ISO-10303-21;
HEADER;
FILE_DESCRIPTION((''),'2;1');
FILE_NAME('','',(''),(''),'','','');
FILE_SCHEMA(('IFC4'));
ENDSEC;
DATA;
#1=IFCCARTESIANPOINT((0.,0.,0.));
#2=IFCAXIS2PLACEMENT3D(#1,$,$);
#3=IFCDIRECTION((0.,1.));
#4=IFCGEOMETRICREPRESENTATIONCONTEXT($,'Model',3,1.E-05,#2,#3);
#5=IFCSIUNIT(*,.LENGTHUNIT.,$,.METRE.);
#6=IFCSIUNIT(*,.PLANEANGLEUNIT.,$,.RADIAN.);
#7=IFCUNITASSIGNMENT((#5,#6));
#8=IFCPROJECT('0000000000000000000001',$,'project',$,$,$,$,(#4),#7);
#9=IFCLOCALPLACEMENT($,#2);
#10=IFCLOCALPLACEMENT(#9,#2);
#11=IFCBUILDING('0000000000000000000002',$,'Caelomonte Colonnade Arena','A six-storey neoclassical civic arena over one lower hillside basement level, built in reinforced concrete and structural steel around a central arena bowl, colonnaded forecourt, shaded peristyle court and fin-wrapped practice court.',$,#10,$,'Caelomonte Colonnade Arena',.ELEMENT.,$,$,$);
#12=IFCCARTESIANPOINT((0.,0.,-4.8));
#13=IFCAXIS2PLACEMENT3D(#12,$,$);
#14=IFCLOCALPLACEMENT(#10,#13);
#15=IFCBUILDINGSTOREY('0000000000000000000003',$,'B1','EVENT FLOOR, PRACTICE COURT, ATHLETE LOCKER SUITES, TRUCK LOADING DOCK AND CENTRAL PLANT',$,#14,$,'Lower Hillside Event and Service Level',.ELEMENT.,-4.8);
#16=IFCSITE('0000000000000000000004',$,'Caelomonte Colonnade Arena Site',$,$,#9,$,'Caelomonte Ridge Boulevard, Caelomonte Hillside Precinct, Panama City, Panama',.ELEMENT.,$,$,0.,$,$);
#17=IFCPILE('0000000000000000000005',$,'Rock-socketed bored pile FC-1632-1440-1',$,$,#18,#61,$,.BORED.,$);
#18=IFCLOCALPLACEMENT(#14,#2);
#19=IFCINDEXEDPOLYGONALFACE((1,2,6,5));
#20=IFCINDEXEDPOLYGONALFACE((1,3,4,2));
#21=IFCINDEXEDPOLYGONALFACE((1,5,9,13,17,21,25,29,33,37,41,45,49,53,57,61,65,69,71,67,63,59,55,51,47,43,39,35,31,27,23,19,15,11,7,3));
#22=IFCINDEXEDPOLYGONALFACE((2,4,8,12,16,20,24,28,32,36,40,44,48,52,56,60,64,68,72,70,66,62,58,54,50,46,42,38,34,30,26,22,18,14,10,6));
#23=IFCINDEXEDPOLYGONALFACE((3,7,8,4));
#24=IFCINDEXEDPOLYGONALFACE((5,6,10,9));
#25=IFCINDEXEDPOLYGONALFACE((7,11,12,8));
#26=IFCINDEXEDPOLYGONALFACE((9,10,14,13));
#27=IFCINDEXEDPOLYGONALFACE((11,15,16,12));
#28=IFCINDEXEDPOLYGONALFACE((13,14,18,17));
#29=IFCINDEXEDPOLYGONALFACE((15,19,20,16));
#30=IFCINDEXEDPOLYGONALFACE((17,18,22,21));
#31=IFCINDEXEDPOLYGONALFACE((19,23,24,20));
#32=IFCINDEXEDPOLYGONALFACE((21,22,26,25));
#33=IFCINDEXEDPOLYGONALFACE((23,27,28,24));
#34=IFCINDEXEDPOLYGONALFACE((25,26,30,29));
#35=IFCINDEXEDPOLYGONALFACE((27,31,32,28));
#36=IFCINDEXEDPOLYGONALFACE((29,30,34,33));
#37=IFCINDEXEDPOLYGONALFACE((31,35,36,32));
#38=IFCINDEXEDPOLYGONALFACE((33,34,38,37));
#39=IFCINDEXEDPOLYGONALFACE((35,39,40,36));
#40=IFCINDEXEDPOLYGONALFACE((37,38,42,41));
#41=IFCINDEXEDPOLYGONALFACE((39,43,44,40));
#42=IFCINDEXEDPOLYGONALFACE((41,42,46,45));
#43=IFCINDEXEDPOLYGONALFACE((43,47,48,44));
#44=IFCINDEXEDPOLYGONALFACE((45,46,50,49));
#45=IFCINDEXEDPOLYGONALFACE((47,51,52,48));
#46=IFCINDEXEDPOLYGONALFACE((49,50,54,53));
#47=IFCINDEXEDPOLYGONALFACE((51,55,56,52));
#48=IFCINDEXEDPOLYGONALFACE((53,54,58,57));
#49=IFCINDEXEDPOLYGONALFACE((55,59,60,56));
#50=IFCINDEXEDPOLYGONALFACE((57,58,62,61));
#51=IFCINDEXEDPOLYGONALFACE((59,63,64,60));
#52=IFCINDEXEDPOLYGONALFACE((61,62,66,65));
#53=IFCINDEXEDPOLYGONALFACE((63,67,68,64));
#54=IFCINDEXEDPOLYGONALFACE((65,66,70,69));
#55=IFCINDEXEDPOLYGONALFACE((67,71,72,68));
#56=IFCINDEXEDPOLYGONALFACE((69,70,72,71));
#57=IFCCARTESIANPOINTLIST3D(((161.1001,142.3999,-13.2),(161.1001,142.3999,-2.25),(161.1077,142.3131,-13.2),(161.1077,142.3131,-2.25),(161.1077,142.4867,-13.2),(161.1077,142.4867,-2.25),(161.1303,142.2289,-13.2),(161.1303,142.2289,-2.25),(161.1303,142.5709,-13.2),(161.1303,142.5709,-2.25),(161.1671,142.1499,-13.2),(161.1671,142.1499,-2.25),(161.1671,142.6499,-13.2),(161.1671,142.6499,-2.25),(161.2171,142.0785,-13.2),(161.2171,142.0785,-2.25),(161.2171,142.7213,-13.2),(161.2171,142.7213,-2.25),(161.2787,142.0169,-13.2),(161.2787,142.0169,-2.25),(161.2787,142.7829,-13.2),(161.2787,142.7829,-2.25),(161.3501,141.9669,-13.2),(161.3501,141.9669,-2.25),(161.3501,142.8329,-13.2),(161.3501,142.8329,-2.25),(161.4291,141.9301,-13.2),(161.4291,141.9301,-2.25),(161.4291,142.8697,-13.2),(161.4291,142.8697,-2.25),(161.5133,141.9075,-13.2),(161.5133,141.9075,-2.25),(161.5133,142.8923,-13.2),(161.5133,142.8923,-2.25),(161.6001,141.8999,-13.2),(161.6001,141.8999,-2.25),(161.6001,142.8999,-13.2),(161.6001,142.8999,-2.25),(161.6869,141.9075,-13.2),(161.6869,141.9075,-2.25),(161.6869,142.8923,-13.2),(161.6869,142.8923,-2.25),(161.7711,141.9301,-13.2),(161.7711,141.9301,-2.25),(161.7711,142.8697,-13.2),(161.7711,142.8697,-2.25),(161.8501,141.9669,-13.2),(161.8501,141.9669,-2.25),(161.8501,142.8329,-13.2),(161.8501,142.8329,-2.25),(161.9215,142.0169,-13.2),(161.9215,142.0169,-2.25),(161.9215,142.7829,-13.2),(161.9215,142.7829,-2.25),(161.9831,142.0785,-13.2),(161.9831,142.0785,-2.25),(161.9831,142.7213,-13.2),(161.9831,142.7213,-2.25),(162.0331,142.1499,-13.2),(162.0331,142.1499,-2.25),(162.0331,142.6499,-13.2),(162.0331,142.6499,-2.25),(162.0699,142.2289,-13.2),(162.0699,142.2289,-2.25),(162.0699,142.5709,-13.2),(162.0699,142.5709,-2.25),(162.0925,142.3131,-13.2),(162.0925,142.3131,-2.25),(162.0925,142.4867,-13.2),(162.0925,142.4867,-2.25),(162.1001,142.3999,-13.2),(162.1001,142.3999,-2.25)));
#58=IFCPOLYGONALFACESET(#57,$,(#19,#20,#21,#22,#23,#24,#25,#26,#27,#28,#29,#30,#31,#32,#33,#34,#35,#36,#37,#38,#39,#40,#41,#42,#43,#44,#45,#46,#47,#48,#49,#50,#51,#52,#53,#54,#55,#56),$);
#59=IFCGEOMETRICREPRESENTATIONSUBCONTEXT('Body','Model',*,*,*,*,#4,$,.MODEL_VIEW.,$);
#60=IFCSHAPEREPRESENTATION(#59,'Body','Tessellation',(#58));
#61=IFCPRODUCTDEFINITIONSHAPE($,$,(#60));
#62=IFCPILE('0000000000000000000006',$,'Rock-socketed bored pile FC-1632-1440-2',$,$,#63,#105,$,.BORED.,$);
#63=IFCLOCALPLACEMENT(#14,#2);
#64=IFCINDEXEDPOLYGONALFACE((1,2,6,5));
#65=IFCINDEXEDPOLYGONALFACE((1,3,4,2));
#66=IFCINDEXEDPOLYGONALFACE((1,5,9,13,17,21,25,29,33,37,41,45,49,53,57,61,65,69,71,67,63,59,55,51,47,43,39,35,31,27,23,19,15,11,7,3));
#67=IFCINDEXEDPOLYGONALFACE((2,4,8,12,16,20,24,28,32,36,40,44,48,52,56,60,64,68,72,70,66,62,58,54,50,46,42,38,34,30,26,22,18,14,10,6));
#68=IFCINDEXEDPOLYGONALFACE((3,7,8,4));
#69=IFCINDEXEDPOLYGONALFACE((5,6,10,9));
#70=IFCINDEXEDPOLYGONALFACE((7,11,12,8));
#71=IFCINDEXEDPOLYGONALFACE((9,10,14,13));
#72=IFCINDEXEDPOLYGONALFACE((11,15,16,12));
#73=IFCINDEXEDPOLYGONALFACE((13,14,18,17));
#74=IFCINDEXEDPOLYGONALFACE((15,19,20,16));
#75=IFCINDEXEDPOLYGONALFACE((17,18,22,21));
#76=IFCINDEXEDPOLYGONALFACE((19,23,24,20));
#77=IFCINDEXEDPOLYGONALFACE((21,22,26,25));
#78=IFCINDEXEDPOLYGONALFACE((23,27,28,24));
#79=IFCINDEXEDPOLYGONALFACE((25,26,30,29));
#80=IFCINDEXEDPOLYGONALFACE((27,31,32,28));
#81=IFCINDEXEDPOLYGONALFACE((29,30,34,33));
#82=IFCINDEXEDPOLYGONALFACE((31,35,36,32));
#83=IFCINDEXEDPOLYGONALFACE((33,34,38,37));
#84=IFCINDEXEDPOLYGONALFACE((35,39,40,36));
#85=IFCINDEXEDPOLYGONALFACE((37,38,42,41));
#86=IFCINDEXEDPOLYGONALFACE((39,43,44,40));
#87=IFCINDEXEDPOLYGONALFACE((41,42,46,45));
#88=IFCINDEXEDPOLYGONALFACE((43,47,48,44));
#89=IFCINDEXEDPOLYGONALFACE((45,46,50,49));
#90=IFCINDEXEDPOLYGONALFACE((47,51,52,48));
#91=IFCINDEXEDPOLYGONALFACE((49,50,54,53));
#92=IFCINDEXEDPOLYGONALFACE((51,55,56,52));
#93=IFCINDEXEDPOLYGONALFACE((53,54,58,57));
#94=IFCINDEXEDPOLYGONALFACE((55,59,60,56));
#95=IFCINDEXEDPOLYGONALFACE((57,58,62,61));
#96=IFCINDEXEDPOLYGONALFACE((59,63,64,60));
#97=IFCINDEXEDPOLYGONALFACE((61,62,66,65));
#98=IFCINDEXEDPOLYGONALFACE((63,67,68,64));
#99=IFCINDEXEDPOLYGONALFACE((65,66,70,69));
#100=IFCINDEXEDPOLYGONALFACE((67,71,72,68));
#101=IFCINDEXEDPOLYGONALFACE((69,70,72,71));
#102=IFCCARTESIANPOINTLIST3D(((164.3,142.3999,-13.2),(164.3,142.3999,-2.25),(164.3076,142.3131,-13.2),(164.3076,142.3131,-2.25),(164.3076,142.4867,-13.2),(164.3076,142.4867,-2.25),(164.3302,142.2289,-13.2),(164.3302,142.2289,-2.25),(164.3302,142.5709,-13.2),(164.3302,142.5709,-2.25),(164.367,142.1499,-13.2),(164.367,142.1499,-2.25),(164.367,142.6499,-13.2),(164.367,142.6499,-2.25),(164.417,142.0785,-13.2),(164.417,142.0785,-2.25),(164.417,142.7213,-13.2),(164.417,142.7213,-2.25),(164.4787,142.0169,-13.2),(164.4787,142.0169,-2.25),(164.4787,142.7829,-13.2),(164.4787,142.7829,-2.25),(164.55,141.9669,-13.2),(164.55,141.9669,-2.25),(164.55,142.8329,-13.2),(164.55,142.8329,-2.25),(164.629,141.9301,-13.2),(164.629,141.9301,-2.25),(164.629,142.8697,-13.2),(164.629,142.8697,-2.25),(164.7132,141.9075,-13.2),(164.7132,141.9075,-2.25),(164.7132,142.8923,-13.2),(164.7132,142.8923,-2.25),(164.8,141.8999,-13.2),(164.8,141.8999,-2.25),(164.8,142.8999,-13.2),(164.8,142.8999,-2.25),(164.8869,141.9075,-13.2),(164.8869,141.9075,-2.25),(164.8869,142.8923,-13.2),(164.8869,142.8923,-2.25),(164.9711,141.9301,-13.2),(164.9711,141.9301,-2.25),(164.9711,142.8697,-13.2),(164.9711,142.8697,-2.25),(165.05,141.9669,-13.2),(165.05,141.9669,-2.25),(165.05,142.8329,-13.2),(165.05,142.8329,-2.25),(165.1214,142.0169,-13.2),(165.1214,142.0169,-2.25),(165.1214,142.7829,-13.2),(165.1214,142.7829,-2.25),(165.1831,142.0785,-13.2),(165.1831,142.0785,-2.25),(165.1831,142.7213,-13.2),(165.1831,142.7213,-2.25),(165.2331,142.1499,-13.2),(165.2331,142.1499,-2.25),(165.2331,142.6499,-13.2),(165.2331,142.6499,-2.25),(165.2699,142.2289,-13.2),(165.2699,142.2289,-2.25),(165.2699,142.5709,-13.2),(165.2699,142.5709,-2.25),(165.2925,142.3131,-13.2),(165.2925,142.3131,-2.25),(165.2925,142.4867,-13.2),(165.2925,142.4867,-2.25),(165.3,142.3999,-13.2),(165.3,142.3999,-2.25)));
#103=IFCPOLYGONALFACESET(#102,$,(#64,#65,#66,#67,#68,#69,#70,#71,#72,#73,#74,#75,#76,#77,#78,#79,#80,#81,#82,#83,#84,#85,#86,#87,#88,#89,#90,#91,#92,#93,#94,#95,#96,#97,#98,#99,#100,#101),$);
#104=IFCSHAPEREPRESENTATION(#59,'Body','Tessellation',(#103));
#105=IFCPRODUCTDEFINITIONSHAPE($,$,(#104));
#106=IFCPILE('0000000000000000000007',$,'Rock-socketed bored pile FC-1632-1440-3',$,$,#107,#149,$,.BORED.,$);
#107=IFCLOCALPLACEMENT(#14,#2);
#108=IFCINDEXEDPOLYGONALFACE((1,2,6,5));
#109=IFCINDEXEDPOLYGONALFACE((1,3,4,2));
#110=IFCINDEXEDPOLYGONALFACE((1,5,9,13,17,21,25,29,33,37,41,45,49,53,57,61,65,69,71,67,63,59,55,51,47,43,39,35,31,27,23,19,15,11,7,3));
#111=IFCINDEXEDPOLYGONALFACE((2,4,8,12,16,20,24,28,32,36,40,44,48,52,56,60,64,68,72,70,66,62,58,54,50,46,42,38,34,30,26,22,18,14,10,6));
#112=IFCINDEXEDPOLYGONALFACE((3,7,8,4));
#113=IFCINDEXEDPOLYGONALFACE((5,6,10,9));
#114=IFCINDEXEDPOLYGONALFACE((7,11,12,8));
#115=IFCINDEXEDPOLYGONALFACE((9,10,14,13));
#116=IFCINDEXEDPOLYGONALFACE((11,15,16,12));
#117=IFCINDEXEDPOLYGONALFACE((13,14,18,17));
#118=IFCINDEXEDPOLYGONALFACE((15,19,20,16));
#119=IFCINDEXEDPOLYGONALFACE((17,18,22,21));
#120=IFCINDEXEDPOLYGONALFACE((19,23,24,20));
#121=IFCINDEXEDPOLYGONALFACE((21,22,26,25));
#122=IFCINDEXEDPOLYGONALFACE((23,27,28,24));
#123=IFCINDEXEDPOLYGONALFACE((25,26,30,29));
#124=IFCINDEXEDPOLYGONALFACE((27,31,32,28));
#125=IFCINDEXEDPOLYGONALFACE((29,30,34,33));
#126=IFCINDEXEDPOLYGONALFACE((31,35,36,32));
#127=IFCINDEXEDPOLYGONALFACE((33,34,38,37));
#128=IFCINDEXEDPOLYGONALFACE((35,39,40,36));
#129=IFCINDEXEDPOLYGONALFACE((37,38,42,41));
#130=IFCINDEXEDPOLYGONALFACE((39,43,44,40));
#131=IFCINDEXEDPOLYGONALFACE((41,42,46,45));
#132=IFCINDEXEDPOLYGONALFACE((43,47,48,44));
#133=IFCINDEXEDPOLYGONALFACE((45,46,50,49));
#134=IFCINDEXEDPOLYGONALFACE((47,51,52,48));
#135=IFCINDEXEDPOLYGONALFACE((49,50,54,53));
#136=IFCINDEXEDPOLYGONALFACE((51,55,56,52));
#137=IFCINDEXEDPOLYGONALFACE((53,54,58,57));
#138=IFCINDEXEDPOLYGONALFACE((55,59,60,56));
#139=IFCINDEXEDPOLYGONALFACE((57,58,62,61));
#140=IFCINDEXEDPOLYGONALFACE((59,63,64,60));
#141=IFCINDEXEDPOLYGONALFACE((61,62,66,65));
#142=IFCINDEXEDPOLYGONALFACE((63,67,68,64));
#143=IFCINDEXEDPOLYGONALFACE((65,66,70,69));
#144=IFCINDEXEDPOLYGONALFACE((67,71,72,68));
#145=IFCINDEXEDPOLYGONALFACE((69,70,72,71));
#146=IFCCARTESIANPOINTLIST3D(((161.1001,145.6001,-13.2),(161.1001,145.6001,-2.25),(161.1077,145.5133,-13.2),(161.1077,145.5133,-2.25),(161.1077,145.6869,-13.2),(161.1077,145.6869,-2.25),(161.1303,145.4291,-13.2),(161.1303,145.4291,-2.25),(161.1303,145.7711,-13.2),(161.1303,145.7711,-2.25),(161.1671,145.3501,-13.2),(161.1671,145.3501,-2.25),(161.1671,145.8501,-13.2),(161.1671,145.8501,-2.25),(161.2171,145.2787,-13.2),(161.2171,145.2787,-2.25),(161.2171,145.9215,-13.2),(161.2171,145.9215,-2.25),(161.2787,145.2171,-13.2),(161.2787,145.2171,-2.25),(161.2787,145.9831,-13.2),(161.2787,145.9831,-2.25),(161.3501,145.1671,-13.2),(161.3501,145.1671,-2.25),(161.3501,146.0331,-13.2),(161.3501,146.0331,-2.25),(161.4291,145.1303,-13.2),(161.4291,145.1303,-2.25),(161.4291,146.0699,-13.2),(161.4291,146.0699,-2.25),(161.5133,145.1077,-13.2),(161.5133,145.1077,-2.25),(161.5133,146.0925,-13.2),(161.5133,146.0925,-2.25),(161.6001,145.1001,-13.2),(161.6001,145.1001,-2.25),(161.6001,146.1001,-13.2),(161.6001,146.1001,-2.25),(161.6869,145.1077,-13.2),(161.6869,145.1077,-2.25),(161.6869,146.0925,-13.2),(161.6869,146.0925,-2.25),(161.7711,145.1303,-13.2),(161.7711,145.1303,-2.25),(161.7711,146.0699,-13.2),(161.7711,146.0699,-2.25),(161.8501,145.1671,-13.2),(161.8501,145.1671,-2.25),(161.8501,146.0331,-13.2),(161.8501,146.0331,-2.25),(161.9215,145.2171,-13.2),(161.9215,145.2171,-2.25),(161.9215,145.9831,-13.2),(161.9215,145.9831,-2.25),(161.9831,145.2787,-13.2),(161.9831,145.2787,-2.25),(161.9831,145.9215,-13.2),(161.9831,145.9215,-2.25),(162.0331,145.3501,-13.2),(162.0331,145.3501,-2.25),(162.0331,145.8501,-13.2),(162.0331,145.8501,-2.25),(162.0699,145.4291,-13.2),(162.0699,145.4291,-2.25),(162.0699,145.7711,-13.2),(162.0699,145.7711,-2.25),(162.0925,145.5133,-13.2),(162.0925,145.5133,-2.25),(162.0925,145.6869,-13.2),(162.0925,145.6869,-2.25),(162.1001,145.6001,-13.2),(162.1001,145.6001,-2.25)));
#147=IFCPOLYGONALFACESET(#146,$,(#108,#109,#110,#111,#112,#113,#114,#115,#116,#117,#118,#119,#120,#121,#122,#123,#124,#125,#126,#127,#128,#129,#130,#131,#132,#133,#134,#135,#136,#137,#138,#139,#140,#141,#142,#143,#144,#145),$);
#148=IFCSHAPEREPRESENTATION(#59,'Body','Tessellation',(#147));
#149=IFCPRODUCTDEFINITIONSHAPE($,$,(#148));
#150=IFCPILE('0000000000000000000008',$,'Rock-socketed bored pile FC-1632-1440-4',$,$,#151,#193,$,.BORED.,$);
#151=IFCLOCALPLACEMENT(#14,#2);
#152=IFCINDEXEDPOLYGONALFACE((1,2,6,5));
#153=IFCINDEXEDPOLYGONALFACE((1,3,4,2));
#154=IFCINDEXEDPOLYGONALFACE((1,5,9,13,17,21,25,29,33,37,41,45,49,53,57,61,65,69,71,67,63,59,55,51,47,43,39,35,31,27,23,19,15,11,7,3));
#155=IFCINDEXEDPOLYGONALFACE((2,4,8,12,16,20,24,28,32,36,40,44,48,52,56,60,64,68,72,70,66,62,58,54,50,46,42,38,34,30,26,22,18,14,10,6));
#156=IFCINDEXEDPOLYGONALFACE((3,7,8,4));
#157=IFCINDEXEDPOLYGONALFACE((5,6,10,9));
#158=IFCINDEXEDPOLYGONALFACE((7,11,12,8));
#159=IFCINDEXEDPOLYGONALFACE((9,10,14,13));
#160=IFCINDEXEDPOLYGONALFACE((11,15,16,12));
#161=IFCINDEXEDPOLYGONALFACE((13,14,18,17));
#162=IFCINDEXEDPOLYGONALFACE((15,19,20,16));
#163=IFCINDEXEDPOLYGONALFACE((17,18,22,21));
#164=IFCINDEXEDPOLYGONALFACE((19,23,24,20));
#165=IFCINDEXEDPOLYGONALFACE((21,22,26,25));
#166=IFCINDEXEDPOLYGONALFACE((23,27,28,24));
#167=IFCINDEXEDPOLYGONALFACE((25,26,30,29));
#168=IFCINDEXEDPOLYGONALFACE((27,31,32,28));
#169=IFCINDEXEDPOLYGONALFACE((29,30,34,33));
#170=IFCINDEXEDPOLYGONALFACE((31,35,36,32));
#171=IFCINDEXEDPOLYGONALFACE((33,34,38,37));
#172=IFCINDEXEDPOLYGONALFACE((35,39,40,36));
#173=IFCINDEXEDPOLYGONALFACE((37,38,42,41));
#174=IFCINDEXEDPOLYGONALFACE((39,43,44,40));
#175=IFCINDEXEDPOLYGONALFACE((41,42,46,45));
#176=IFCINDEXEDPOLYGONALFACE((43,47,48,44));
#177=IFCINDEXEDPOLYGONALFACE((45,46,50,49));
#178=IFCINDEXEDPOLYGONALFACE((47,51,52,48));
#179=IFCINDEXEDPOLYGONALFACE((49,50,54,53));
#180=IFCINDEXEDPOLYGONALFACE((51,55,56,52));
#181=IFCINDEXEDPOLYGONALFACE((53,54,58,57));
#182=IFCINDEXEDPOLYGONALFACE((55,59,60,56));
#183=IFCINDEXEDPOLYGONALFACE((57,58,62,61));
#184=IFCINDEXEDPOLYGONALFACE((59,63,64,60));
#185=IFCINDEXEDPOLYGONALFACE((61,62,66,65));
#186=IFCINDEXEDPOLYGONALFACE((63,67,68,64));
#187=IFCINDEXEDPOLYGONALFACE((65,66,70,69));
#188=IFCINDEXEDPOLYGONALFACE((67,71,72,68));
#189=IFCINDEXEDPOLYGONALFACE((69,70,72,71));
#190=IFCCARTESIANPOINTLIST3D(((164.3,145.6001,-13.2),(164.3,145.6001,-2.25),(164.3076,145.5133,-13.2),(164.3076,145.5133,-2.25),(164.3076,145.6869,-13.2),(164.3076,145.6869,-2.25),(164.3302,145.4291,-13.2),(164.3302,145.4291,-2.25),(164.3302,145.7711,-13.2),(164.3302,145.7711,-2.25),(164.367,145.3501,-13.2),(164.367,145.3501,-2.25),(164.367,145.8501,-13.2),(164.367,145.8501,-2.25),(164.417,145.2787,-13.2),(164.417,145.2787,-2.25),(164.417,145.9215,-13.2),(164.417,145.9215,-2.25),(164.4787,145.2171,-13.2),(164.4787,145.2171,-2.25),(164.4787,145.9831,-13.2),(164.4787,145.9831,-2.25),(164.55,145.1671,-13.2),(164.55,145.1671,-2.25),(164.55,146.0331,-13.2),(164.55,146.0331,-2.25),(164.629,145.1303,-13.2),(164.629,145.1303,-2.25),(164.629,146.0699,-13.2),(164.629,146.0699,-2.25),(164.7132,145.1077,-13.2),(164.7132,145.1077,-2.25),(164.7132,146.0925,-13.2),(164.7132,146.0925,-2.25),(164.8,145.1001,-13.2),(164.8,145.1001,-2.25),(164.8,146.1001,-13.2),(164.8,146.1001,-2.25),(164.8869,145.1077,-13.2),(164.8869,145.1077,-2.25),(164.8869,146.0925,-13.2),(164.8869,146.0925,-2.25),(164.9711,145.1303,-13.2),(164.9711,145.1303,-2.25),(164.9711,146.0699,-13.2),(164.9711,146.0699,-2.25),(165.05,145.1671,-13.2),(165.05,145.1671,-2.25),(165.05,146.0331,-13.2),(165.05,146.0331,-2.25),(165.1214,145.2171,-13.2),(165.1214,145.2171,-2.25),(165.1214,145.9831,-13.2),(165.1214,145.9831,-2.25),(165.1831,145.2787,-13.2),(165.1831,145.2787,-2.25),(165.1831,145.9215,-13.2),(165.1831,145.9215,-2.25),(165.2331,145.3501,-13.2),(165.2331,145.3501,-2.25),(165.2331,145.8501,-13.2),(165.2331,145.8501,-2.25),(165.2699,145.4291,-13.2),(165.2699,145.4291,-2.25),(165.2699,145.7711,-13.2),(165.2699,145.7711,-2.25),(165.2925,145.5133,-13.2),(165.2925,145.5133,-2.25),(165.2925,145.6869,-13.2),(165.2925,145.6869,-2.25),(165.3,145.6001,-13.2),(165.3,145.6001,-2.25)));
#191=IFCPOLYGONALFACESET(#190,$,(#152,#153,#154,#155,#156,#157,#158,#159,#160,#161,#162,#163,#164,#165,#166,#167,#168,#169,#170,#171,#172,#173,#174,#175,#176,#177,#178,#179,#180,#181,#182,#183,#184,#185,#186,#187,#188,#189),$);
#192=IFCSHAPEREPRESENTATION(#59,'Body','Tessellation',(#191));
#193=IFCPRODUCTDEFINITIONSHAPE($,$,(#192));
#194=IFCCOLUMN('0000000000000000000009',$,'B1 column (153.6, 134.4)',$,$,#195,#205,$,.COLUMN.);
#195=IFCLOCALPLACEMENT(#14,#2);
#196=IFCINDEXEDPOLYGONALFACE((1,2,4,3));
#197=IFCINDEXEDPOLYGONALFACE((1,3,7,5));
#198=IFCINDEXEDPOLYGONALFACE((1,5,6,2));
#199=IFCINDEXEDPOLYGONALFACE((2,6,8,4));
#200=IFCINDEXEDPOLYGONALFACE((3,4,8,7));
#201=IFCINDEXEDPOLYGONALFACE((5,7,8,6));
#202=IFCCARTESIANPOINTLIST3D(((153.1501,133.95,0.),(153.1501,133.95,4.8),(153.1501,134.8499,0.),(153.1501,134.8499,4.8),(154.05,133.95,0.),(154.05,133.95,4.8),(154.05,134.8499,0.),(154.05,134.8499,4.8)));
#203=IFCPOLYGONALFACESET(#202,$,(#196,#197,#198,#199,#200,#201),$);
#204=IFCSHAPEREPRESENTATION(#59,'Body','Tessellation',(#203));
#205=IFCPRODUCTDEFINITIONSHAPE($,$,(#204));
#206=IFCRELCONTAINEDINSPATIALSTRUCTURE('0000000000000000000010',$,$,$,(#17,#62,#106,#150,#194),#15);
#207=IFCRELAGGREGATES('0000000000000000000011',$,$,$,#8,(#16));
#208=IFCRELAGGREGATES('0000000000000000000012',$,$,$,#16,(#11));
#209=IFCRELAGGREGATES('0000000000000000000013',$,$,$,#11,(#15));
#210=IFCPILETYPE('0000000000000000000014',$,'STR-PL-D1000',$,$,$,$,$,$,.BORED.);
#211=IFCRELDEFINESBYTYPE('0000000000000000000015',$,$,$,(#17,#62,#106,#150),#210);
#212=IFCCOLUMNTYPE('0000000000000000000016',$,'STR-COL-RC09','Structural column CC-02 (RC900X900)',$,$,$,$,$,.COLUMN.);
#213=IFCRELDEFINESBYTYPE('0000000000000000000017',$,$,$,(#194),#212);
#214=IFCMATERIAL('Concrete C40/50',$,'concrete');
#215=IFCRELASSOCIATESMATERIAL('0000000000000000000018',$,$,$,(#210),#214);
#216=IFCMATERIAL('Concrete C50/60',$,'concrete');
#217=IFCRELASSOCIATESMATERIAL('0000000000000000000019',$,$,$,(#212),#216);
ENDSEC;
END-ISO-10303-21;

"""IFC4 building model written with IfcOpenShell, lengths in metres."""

from ifc_helpers import new_model, si_unit, direction, frame, origin, origin_2d, place, context, subcontext, project, spatial, rectangle, circle, extrude, material, material_profile, profile_set, type_object, element, save


model = new_model("IFC4")

# Units and contexts
model_context = context("Model", 3, precision=1e-05, world=origin(), true_north=direction((0.0, 1.0)))
body_context = subcontext(model_context, "Body", "Model", "MODEL_VIEW")
ifc_project = project(units=[si_unit("LENGTHUNIT", "METRE"), si_unit("PLANEANGLEUNIT", "RADIAN")], contexts=[model_context])

# Site, building, storey
site_placement = place(None, origin())
site = spatial("IfcSite", under=ifc_project, at=site_placement, Name="Caelomonte Colonnade Arena Site", LongName="Caelomonte Ridge Boulevard, Caelomonte Hillside Precinct, Panama City, Panama", CompositionType="ELEMENT", RefElevation=0.0)
building_placement = place(site_placement, origin())
building = spatial("IfcBuilding", under=site, at=building_placement, Name="Caelomonte Colonnade Arena", Description="A six-storey neoclassical civic arena over one lower hillside basement level, built in reinforced concrete and structural steel around a central arena bowl, colonnaded forecourt, shaded peristyle court and fin-wrapped practice court.", LongName="Caelomonte Colonnade Arena", CompositionType="ELEMENT")
storey_placement = place(building_placement, frame((0.0, 0.0, -4.8)))
storey = spatial("IfcBuildingStorey", under=building, at=storey_placement, Name="B1", Description="EVENT FLOOR, PRACTICE COURT, ATHLETE LOCKER SUITES, TRUCK LOADING DOCK AND CENTRAL PLANT", LongName="Lower Hillside Event and Service Level", CompositionType="ELEMENT", Elevation=-4.8)

# Shared definitions
ifc_material_1 = material(Name="Concrete C40/50", Category="concrete")

# Piles
ifc_material_profile_1 = material_profile(ifc_material_1, circle(Radius=0.5, at=origin_2d()), Name="PILE-D1000")
ifc_profile_set_1 = profile_set([ifc_material_profile_1], Name="Concrete C40/50")
pile_type = type_object("IfcPileType", Name="STR-PL-D1000", PredefinedType="BORED", material=ifc_profile_set_1)
for number, where, z_axis, x_axis, name in (
    (1, (161.6001, 142.3999, -2.25), (0.0, 0.0, -1.0), (1.0, 0.0, 0.0), "Rock-socketed bored pile FC-1632-1440-1"),
    (2, (164.8, 142.3999, -2.25), (0.0, 0.0, -1.0), (1.0, 0.0, 0.0), "Rock-socketed bored pile FC-1632-1440-2"),
    (3, (161.6001, 145.6001, -2.25), (0.0, 0.0, -1.0), (1.0, 0.0, 0.0), "Rock-socketed bored pile FC-1632-1440-3"),
    (4, (164.8, 145.6001, -2.25), (0.0, 0.0, -1.0), (1.0, 0.0, 0.0), "Rock-socketed bored pile FC-1632-1440-4"),
):
    element("IfcPile", number, at=place(storey_placement, frame(where, z_axis=z_axis, x_axis=x_axis)), inside=storey, type_object=pile_type, Name=name, PredefinedType="BORED", context=body_context, shape_type="SweptSolid", body=[
        extrude(circle(Radius=0.5, at=origin_2d()), origin(), (0.0, 0.0, 1.0), 10.95),
    ])

# Column
ifc_material_2 = material(Name="Concrete C50/60", Category="concrete")
ifc_material_profile_2 = material_profile(ifc_material_2, rectangle(XDim=0.8999, YDim=0.8999, at=origin_2d()), Name="RC900X900")
ifc_profile_set_2 = profile_set([ifc_material_profile_2], Name="Concrete C50/60")
column_type = type_object("IfcColumnType", Name="STR-COL-RC09", Description="Structural column CC-02 (RC900X900)", PredefinedType="COLUMN", material=ifc_profile_set_2)
for number, where, z_axis, x_axis, name in (
    (5, (153.6001, 134.3999, 0.0), (0.0, 0.0, 1.0), (1.0, 0.0, 0.0), "B1 column (153.6, 134.4)"),
):
    element("IfcColumn", number, at=place(storey_placement, frame(where, z_axis=z_axis, x_axis=x_axis)), inside=storey, type_object=column_type, Name=name, PredefinedType="COLUMN", context=body_context, shape_type="SweptSolid", body=[
        extrude(rectangle(XDim=0.8999, YDim=0.8999, at=origin_2d()), origin(), (0.0, 0.0, 1.0), 4.8),
    ])

save(model, "model.ifc")
